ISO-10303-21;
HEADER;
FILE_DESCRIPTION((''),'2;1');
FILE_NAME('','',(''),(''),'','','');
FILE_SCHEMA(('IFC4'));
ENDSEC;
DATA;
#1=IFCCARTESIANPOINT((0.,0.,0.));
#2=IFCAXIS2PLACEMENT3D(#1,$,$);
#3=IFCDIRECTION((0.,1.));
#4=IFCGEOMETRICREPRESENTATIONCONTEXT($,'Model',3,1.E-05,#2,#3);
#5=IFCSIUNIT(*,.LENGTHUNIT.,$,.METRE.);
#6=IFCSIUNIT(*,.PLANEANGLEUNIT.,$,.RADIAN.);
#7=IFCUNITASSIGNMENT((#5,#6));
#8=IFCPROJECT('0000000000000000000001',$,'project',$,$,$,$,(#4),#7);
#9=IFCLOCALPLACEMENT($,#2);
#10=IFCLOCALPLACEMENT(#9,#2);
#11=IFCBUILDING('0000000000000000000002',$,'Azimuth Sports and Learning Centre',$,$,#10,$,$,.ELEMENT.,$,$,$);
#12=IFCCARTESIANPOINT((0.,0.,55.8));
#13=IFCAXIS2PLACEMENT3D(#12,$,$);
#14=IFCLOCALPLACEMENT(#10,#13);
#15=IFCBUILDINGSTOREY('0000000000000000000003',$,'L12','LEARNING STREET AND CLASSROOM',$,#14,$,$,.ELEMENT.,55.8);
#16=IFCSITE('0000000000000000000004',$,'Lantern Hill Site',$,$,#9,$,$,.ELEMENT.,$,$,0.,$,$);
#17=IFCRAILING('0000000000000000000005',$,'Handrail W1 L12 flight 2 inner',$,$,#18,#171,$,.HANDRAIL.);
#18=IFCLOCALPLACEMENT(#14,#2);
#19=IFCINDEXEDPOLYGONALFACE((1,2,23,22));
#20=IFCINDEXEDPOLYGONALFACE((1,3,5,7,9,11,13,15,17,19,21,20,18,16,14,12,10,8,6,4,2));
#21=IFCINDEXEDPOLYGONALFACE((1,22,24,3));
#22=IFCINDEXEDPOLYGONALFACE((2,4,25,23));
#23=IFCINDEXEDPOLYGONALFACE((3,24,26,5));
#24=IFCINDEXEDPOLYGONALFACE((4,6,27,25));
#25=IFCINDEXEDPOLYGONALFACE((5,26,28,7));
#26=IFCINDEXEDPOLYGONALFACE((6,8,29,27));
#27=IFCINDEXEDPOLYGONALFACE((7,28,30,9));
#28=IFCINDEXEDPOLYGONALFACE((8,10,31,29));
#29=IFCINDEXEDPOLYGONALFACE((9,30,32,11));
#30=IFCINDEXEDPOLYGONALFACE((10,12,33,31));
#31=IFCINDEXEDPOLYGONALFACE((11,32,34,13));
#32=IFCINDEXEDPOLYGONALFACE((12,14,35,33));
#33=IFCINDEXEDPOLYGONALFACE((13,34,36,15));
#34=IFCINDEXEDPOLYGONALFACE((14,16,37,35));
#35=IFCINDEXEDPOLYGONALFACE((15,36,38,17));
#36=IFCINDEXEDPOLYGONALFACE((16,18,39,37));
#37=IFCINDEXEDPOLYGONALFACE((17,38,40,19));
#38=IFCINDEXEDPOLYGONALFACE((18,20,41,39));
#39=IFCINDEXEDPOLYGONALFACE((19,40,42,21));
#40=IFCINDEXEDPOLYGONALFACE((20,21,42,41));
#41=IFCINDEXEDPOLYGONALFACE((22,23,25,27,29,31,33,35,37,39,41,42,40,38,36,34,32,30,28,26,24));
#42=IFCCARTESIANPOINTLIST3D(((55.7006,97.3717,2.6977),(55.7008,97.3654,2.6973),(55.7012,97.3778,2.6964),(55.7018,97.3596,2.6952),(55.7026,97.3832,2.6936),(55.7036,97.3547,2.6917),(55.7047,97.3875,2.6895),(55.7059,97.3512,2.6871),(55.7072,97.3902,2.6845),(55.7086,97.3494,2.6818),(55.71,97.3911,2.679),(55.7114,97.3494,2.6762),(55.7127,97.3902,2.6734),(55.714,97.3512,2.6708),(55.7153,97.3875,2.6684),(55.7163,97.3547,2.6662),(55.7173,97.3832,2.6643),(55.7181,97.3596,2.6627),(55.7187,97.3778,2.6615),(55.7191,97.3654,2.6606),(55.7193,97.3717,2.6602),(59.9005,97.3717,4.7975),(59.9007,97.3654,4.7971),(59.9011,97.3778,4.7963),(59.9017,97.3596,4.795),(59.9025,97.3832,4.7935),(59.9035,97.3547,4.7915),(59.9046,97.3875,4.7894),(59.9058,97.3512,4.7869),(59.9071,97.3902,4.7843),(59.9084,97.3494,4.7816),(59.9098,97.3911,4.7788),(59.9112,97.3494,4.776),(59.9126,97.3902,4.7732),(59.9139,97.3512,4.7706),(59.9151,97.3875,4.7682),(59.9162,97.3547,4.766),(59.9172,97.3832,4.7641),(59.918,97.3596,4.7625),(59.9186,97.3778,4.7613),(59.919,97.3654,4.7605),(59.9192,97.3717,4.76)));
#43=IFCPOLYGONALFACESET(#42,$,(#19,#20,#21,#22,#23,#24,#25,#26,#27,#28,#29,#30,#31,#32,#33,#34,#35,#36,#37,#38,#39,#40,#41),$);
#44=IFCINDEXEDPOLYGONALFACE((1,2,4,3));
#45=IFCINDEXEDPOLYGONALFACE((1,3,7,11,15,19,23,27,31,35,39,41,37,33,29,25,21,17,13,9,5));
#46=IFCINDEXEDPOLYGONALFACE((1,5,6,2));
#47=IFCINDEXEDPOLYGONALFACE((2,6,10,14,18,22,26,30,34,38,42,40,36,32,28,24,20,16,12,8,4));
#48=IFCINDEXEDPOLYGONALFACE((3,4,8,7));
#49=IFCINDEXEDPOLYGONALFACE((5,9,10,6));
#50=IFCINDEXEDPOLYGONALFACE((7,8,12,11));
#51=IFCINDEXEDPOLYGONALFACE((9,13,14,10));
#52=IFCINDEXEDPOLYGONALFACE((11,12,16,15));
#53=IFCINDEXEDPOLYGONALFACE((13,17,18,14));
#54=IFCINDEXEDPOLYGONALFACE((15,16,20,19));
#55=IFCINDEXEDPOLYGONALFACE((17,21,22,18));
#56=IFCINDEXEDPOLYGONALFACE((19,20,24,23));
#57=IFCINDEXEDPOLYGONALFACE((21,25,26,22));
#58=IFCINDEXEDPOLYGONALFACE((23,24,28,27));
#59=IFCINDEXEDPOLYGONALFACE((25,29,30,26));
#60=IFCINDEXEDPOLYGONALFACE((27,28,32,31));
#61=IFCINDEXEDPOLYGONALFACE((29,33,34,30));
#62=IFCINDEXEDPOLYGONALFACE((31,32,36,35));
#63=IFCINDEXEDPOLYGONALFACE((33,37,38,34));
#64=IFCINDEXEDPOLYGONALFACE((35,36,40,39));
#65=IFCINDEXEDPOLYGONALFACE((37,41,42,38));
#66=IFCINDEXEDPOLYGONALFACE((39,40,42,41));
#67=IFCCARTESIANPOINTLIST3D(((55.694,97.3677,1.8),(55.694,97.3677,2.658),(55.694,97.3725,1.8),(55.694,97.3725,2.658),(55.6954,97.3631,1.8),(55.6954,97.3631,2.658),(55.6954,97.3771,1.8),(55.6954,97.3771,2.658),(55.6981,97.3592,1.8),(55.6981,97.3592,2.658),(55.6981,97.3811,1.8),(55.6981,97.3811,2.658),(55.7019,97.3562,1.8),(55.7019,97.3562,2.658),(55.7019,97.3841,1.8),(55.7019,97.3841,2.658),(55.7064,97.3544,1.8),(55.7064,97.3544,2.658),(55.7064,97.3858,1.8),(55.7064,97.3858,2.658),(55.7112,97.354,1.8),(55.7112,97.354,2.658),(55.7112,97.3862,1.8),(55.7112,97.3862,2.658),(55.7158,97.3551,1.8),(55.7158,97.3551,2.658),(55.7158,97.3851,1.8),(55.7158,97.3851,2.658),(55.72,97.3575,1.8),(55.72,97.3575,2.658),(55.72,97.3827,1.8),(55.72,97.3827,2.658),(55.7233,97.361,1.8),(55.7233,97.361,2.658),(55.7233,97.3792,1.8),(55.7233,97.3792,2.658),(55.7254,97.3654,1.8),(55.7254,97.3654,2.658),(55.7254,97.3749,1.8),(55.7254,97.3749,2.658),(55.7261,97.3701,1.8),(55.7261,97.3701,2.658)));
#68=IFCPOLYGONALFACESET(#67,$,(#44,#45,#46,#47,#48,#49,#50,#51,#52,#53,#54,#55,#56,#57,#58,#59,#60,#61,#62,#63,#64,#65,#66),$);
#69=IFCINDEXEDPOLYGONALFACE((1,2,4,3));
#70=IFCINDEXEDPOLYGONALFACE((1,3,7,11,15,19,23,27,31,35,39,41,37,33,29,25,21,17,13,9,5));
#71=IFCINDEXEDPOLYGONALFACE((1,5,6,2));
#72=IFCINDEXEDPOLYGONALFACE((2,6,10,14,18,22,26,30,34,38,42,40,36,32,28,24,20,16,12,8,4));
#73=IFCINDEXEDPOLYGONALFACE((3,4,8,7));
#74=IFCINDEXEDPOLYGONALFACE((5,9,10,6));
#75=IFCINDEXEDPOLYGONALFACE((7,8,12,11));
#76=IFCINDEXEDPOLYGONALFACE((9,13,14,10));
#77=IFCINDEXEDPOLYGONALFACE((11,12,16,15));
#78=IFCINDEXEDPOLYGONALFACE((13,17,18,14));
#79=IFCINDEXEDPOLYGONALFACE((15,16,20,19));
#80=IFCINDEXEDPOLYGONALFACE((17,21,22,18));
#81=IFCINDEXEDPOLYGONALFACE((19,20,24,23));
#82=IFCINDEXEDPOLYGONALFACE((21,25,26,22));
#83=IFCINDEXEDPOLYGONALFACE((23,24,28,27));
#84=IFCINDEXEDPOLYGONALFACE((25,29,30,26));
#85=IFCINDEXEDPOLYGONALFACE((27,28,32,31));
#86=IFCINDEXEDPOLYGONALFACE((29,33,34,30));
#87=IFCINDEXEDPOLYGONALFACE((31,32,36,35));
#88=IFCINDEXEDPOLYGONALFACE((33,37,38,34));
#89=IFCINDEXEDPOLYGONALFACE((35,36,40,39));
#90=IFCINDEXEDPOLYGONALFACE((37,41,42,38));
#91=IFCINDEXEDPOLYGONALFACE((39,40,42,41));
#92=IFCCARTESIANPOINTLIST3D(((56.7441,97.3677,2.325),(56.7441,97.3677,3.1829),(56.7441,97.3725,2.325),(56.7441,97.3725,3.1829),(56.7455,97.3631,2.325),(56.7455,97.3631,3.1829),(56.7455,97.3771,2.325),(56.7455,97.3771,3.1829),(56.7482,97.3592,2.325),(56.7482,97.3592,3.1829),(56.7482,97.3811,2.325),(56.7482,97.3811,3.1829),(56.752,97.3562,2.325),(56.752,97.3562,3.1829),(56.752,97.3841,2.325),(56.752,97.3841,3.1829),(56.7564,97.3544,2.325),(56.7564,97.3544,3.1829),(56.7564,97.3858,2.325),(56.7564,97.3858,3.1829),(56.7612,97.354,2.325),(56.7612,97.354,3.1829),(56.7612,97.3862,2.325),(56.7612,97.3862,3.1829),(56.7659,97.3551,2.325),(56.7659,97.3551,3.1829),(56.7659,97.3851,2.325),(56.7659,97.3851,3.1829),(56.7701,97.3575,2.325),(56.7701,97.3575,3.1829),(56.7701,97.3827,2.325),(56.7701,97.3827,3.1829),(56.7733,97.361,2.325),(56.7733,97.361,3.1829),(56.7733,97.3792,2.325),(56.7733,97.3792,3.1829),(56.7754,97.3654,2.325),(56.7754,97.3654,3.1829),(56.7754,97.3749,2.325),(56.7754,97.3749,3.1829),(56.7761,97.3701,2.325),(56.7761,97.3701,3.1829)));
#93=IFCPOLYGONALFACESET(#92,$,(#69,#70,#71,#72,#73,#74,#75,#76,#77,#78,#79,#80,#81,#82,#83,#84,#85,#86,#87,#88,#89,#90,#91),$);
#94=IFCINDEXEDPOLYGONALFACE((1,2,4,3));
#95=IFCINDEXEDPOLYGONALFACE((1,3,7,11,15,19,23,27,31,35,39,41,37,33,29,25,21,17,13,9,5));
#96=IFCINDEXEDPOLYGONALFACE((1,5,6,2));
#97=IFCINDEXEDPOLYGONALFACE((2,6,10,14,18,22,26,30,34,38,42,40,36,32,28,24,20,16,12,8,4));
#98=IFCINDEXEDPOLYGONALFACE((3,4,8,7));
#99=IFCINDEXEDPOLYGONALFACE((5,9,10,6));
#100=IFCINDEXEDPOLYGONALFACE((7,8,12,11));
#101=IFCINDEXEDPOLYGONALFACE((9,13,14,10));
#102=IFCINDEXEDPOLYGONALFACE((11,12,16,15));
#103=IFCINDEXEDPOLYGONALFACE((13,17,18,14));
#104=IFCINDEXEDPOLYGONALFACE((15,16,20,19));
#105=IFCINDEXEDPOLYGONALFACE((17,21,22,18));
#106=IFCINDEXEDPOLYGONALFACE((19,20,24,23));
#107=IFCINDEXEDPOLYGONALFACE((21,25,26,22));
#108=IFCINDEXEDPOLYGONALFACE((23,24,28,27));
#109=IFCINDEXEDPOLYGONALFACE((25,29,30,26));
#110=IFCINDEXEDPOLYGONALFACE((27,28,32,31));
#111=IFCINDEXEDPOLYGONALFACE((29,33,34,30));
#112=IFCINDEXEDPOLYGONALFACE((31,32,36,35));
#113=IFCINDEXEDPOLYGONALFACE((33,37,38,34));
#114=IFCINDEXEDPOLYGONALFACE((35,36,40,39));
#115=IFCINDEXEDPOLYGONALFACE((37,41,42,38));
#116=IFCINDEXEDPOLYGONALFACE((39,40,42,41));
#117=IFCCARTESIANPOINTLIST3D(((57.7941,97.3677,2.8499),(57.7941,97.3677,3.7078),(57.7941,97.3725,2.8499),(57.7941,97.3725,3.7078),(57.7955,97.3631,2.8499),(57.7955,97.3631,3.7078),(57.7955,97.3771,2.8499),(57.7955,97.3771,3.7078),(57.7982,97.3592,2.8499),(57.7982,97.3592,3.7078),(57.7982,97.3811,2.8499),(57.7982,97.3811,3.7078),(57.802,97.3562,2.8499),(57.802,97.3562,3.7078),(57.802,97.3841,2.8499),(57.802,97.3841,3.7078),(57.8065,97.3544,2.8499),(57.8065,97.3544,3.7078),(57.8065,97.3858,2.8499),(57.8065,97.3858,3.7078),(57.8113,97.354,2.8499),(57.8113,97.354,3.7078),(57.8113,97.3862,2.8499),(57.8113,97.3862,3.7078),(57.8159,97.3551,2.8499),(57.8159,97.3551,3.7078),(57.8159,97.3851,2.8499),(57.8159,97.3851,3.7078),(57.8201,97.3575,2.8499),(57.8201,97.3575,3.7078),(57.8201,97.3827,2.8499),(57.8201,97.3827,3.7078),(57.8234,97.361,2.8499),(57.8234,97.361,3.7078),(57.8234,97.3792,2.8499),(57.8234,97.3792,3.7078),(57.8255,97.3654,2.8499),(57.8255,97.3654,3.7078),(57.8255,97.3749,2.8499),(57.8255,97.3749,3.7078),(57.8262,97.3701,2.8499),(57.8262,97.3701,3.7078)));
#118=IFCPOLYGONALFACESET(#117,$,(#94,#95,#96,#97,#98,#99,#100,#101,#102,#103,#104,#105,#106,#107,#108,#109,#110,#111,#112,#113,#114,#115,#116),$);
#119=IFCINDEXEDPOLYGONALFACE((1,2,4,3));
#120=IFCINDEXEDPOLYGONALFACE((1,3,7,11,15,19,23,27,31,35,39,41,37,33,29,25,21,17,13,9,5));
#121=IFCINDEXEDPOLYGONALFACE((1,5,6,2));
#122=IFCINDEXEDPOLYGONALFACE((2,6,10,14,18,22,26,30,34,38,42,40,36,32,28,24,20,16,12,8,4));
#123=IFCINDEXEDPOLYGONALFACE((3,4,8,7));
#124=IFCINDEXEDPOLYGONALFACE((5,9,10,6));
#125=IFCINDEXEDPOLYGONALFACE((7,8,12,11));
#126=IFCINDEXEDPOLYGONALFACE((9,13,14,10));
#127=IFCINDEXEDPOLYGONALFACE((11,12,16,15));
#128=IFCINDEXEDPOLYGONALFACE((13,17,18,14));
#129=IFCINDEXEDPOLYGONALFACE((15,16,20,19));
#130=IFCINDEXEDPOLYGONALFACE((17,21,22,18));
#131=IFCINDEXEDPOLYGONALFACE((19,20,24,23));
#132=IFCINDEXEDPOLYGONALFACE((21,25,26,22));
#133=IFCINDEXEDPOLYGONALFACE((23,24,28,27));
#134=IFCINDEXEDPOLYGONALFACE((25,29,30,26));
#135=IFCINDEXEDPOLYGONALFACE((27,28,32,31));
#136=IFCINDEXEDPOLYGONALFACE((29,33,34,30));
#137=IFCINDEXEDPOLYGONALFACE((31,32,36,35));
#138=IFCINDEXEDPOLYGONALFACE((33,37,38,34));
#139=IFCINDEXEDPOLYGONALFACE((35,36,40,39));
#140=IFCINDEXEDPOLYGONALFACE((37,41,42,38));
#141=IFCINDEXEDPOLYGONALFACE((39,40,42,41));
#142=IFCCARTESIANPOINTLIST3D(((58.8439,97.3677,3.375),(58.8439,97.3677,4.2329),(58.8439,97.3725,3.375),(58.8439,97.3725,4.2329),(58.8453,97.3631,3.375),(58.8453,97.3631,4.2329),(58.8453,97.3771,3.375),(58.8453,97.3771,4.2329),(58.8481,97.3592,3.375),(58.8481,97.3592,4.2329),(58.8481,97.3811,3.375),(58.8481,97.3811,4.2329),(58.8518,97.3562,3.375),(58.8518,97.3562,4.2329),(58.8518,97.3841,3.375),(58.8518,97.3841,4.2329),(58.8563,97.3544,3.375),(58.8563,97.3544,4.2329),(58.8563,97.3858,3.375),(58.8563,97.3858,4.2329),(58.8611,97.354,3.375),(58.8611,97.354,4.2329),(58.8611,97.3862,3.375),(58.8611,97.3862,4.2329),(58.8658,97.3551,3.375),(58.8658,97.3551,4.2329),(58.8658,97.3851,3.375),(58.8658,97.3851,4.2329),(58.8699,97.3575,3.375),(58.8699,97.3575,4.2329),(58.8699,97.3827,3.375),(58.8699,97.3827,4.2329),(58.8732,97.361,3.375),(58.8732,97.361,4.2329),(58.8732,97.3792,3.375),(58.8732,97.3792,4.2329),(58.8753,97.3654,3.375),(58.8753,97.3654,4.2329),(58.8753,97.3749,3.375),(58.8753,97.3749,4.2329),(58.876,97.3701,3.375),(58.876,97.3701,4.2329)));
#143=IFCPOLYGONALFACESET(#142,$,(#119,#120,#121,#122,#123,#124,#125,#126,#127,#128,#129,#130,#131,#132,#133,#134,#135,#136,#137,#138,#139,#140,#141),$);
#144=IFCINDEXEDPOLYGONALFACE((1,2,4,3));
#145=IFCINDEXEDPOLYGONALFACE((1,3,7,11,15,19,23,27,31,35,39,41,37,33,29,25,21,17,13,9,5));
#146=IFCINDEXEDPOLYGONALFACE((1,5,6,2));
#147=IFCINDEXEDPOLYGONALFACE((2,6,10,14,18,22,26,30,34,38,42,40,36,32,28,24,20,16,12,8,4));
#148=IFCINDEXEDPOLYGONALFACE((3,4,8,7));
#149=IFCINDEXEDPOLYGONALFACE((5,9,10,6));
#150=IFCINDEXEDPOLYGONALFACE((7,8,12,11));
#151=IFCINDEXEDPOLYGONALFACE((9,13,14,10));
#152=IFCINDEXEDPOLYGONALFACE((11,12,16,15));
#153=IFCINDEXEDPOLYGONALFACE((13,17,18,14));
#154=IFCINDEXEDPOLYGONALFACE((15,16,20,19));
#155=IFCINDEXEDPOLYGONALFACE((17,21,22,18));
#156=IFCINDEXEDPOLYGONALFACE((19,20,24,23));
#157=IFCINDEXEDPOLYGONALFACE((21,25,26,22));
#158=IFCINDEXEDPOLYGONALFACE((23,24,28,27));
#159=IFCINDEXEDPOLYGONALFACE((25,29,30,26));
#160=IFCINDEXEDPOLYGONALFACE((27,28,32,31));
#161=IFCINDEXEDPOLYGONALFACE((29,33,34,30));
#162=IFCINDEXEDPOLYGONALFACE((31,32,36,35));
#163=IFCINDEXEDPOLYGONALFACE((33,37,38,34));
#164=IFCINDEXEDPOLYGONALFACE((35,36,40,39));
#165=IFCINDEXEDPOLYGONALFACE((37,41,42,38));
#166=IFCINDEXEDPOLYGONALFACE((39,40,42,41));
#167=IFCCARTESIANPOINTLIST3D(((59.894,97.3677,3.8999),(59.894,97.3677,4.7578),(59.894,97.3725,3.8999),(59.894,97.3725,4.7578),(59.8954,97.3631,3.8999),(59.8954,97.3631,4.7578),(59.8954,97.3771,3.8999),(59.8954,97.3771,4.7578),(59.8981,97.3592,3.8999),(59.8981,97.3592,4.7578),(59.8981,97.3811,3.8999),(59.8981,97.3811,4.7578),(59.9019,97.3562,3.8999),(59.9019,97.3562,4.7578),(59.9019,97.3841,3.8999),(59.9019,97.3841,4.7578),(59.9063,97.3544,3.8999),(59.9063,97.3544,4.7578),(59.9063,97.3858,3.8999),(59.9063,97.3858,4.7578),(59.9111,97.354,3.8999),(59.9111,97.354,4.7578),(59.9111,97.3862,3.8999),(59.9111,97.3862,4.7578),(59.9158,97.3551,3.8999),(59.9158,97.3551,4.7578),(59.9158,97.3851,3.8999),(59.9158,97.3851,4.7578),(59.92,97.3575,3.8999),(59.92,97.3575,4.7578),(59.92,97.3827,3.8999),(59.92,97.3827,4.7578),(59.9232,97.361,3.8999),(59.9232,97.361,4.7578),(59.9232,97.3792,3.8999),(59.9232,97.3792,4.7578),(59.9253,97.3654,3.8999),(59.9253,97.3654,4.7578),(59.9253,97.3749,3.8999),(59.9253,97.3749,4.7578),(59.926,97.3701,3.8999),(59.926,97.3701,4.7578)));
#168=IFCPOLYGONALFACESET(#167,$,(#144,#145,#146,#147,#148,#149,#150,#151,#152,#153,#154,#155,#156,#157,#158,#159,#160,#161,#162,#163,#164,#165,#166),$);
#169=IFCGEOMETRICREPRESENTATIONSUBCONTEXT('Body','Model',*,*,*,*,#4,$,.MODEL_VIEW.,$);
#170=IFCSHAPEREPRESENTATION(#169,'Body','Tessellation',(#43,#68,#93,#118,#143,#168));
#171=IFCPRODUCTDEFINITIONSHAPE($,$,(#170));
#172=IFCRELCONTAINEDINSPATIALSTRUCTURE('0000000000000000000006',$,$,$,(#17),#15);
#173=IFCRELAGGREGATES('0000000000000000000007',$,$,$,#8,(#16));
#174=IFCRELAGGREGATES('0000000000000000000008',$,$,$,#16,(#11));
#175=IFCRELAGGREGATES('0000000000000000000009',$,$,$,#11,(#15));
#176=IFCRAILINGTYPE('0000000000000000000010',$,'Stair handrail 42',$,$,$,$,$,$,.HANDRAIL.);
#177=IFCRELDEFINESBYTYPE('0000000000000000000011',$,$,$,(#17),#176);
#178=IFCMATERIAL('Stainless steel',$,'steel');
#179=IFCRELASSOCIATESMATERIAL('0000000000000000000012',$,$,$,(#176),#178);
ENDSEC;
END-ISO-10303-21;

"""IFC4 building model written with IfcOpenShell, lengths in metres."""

from ifc_helpers import new_model, si_unit, direction, frame, origin, origin_2d, place, context, subcontext, project, spatial, circle, extrude, material, type_object, element, save


model = new_model("IFC4")

# Units and contexts
model_context = context("Model", 3, precision=1e-05, world=origin(), true_north=direction((0.0, 1.0)))
body_context = subcontext(model_context, "Body", "Model", "MODEL_VIEW")
ifc_project = project(units=[si_unit("LENGTHUNIT", "METRE"), si_unit("PLANEANGLEUNIT", "RADIAN")], contexts=[model_context])

# Site, building, storey
site_placement = place(None, origin())
site = spatial("IfcSite", under=ifc_project, at=site_placement, Name="Lantern Hill Site", CompositionType="ELEMENT", RefElevation=0.0)
building_placement = place(site_placement, origin())
building = spatial("IfcBuilding", under=site, at=building_placement, Name="Azimuth Sports and Learning Centre", CompositionType="ELEMENT")
storey_placement = place(building_placement, frame((0.0, 0.0, 55.8)))
storey = spatial("IfcBuildingStorey", under=building, at=storey_placement, Name="L12", Description="LEARNING STREET AND CLASSROOM", CompositionType="ELEMENT", Elevation=55.8)

# Railing
ifc_material_1 = material(Name="Stainless steel", Category="steel")
railing_type_1 = type_object("IfcRailingType", Name="Stair handrail 42", PredefinedType="HANDRAIL", material=ifc_material_1)
for number, where, name in (
    (1, (55.71, 97.3701, 1.8), "Handrail W1 L12 flight 2 inner"),
):
    element("IfcRailing", number, at=place(storey_placement, frame(where)), inside=storey, type_object=railing_type_1, Name=name, PredefinedType="HANDRAIL", context=body_context, shape_type="SweptSolid", body=[
        extrude(circle(Radius=0.021, at=origin_2d()), frame((0.0, 0.0, 0.8789), z_axis=(0.894438, 0.0, 0.447193), x_axis=(0.0, 1.0, 0.0)), (0.0, 0.0, 1.0), 4.6956),
        extrude(circle(Radius=0.0161, at=origin_2d()), origin(), (0.0, 0.0, 1.0), 0.8579),
        extrude(circle(Radius=0.0161, at=origin_2d()), frame((1.05, 0.0, 0.5249)), (0.0, 0.0, 1.0), 0.8579),
        extrude(circle(Radius=0.0161, at=origin_2d()), frame((2.1001, 0.0, 1.0498)), (0.0, 0.0, 1.0), 0.8579),
        extrude(circle(Radius=0.0161, at=origin_2d()), frame((3.1499, 0.0, 1.575)), (0.0, 0.0, 1.0), 0.8579),
        extrude(circle(Radius=0.0161, at=origin_2d()), frame((4.2, 0.0, 2.0999)), (0.0, 0.0, 1.0), 0.8579),
    ])

save(model, "model.ifc")
